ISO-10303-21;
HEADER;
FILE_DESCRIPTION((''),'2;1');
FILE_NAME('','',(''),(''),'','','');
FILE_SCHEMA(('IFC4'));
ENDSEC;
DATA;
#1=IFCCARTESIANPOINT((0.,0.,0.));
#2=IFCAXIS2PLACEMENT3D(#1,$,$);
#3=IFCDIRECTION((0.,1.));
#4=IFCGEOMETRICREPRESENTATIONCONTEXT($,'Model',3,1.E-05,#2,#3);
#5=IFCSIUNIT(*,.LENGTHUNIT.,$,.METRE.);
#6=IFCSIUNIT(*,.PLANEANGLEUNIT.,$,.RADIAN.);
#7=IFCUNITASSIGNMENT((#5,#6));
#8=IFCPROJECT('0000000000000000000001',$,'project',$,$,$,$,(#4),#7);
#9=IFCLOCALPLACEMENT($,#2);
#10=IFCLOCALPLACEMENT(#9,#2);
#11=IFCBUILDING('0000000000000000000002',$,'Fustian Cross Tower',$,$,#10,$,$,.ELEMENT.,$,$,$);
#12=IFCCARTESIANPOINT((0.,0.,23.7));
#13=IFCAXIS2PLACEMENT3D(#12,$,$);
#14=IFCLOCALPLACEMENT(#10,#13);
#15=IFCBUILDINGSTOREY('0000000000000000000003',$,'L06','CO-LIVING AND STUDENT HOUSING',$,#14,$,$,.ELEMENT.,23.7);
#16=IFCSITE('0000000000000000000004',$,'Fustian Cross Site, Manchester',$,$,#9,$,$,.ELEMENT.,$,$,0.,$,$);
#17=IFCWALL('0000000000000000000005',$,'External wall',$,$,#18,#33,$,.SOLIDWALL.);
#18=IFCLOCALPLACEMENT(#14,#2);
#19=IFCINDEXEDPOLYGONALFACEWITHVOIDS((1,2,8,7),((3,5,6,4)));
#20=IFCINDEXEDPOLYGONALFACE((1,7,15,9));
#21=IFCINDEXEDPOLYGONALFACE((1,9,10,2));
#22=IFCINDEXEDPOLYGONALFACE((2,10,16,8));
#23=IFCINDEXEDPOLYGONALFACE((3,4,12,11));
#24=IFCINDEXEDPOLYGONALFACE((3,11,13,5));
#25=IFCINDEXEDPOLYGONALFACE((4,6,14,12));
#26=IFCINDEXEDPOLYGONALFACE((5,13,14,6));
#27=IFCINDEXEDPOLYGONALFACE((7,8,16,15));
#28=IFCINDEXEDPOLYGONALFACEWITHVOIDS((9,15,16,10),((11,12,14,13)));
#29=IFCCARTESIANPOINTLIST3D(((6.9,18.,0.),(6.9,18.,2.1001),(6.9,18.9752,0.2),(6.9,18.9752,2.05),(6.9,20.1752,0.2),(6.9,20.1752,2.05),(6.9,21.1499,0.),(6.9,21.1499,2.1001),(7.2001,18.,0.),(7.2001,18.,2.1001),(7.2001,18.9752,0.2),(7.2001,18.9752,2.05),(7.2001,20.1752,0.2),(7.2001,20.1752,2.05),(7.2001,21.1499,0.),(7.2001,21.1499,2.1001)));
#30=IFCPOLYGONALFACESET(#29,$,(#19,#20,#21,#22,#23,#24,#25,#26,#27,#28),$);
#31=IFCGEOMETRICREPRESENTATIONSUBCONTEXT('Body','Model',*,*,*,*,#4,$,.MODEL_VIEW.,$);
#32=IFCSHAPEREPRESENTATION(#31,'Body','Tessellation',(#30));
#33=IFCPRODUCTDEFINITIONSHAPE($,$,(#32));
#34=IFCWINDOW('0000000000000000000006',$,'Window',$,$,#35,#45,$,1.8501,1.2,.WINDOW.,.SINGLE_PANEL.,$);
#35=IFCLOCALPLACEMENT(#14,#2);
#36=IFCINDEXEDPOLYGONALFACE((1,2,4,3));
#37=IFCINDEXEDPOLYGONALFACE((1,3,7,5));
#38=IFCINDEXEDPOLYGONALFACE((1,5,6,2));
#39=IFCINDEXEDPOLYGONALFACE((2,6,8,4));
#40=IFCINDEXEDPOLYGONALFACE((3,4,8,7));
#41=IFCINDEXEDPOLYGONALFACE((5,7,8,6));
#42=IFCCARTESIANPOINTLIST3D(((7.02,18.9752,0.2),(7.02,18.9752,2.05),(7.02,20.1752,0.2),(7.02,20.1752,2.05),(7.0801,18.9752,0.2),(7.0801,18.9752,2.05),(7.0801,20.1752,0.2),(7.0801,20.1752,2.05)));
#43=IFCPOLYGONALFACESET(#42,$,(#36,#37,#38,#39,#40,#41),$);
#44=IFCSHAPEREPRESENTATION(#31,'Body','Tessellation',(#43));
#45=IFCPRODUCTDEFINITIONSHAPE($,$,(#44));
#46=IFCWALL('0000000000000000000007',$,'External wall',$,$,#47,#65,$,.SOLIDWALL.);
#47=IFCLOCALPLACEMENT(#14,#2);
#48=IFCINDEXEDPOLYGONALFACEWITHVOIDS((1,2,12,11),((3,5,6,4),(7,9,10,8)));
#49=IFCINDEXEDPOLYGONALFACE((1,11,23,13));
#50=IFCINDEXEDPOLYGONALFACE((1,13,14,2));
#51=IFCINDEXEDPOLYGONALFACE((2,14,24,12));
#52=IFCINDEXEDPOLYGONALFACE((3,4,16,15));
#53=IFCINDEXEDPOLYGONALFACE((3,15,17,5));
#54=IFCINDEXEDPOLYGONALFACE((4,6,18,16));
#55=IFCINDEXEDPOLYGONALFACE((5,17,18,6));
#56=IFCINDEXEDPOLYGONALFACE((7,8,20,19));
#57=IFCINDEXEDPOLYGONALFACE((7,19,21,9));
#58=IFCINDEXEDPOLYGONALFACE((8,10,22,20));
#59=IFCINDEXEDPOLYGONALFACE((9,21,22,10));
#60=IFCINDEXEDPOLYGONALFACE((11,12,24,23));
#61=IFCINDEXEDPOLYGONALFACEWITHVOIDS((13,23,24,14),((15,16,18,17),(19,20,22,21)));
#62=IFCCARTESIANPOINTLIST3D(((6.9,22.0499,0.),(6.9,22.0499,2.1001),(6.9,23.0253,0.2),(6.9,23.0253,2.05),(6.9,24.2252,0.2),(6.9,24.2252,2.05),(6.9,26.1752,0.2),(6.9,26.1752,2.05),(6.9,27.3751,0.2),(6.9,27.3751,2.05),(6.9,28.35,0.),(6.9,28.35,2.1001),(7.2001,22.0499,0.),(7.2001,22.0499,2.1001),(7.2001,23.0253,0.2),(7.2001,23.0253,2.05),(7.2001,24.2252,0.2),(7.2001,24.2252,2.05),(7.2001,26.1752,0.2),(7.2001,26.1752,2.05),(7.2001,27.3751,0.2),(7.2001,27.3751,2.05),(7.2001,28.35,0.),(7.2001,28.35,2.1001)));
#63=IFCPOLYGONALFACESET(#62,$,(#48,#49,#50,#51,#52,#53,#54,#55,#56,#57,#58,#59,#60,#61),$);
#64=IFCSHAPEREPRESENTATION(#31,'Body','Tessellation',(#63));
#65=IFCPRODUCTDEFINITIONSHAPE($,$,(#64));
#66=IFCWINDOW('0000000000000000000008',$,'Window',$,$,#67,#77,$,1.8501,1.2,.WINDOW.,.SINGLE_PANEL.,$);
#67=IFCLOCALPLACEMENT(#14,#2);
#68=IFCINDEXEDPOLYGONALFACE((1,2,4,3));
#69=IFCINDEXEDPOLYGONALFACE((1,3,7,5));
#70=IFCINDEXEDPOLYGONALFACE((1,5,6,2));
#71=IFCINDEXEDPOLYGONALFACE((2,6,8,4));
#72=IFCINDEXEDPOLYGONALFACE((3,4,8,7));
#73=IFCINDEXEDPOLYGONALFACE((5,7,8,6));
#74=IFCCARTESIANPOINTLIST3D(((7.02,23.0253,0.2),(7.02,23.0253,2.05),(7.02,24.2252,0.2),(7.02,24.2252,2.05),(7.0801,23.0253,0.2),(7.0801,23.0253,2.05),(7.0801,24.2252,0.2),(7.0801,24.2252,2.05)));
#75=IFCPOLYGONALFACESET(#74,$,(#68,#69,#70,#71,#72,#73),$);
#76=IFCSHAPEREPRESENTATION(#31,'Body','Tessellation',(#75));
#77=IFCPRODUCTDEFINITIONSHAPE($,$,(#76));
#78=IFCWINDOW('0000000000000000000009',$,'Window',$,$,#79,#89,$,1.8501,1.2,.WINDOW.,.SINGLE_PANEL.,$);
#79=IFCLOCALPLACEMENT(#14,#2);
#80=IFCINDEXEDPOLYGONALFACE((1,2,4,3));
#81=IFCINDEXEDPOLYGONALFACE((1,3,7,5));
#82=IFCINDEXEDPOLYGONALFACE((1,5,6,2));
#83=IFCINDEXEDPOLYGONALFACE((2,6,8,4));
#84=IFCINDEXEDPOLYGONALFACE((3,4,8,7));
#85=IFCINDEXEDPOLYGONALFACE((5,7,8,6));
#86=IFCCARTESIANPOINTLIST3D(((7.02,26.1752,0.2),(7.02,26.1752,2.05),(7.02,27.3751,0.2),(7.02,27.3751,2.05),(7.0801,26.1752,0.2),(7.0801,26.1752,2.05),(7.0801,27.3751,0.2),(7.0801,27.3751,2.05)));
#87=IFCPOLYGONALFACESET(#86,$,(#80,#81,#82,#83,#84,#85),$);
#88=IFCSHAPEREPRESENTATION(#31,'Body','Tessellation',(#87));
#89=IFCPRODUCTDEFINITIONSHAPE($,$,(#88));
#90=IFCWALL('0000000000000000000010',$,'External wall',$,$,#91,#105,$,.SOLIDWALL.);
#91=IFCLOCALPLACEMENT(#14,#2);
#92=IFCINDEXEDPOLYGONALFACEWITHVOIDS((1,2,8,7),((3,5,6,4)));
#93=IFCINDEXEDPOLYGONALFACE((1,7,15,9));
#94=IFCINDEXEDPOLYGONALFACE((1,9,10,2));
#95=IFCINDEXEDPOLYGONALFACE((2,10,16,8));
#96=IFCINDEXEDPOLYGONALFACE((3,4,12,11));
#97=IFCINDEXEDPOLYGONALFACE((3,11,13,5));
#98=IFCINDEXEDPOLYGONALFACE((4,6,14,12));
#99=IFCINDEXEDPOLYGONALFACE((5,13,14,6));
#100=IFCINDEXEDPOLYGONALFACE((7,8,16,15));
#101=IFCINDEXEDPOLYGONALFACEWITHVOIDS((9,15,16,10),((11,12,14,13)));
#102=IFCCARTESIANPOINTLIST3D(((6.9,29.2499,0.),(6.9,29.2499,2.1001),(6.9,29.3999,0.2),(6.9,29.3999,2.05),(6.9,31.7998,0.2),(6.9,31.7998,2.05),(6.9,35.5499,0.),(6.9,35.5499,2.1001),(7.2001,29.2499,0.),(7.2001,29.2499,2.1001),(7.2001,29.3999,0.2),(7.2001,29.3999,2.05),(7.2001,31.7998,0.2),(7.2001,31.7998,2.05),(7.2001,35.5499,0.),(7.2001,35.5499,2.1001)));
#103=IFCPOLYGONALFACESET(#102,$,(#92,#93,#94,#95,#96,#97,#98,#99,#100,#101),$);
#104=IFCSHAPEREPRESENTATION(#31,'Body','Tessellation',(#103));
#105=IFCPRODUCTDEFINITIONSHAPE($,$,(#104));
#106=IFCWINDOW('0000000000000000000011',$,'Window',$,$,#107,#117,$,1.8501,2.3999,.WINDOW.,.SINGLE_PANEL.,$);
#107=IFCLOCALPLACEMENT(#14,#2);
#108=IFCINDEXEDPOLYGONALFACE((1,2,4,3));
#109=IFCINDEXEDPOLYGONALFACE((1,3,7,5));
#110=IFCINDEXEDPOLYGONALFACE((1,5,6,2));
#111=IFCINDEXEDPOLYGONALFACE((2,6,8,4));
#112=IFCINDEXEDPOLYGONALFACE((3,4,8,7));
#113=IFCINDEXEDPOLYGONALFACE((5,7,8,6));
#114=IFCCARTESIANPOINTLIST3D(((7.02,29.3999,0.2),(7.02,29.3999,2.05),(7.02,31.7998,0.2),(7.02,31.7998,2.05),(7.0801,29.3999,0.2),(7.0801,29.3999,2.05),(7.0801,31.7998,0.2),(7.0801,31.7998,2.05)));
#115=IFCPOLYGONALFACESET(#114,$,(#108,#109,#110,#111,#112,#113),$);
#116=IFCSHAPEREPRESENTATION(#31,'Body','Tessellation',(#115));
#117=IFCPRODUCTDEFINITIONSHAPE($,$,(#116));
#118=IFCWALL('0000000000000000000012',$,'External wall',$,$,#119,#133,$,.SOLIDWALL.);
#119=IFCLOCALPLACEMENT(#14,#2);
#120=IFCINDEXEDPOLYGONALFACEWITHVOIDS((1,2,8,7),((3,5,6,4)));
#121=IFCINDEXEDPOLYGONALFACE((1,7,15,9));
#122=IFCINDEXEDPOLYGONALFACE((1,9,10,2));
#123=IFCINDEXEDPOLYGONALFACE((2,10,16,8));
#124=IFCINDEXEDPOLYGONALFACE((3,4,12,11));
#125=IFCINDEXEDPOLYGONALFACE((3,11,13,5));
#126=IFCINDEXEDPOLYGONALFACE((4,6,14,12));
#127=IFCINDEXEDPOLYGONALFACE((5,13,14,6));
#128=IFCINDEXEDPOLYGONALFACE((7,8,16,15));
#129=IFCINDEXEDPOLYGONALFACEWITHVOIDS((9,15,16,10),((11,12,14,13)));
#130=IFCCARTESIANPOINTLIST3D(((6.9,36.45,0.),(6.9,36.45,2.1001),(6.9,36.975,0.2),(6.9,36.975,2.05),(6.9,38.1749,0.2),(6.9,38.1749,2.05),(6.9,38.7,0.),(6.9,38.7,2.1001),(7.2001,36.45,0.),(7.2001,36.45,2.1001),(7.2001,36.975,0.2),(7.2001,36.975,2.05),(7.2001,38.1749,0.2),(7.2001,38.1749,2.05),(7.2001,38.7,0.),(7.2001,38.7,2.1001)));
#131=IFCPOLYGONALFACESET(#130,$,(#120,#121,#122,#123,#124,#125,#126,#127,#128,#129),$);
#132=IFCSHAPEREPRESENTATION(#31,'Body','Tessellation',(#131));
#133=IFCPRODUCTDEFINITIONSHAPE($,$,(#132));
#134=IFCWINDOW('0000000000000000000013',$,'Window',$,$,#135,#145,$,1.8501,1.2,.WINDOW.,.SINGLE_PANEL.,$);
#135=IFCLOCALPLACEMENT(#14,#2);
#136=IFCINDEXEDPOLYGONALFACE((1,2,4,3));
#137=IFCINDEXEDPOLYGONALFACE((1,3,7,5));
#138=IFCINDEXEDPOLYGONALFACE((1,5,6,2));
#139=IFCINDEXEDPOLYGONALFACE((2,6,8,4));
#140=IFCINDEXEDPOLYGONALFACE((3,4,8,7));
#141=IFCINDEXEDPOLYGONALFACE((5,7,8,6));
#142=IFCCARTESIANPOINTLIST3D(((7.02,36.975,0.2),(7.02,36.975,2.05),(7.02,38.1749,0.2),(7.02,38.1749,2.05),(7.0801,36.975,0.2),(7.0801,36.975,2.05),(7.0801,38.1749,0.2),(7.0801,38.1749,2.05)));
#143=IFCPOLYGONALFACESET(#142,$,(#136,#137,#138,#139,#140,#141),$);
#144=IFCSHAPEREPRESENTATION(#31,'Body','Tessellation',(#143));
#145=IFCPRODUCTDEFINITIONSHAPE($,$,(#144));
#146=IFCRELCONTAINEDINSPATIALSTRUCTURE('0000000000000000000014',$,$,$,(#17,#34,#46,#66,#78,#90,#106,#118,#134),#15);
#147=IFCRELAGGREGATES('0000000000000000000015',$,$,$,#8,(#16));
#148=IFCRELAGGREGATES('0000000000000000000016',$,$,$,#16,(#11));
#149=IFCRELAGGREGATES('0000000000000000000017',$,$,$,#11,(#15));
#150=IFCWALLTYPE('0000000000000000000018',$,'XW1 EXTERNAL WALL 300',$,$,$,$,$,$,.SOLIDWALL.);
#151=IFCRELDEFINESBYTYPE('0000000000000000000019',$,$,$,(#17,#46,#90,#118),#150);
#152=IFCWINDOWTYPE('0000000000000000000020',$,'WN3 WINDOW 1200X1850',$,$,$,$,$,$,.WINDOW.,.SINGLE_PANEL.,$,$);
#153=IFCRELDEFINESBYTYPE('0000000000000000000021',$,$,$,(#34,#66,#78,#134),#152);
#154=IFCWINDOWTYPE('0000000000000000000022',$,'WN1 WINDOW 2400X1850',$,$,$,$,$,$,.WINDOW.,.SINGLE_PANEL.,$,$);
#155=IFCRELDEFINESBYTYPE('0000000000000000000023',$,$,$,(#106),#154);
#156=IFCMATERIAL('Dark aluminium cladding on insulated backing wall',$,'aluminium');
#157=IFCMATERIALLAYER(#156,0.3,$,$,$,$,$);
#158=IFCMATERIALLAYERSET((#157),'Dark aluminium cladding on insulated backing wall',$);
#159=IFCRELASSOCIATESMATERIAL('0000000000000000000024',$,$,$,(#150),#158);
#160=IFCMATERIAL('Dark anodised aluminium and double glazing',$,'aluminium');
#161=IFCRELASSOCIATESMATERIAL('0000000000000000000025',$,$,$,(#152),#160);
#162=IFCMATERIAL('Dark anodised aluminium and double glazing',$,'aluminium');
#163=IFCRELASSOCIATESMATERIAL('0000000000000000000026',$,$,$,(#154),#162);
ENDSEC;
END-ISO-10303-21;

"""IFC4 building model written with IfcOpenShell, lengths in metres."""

from ifc_helpers import new_model, si_unit, direction, frame, frame_2d, origin, place, context, subcontext, project, spatial, rectangle, extrude, material, layer, layer_set, type_object, element, fill, save


model = new_model("IFC4")

# Units and contexts
model_context = context("Model", 3, precision=1e-05, world=origin(), true_north=direction((0.0, 1.0)))
body_context = subcontext(model_context, "Body", "Model", "MODEL_VIEW")
ifc_project = project(units=[si_unit("LENGTHUNIT", "METRE"), si_unit("PLANEANGLEUNIT", "RADIAN")], contexts=[model_context])

# Site, building, storey
site_placement = place(None, origin())
site = spatial("IfcSite", under=ifc_project, at=site_placement, Name="Fustian Cross Site, Manchester", CompositionType="ELEMENT", RefElevation=0.0)
building_placement = place(site_placement, origin())
building = spatial("IfcBuilding", under=site, at=building_placement, Name="Fustian Cross Tower", CompositionType="ELEMENT")
storey_placement = place(building_placement, frame((0.0, 0.0, 23.7)))
storey = spatial("IfcBuildingStorey", under=building, at=storey_placement, Name="L06", Description="CO-LIVING AND STUDENT HOUSING", CompositionType="ELEMENT", Elevation=23.7)

# Shared definitions
ifc_material_1 = material(Name="Dark aluminium cladding on insulated backing wall", Category="aluminium")
ifc_layer = layer(ifc_material_1, 0.3)
ifc_layer_set = layer_set([ifc_layer], Name="Dark aluminium cladding on insulated backing wall")
wall_type = type_object("IfcWallType", Name="XW1 EXTERNAL WALL 300", PredefinedType="SOLIDWALL", material=ifc_layer_set)
ifc_material_2 = material(Name="Dark anodised aluminium and double glazing", Category="aluminium")
window_type_1 = type_object("IfcWindowType", Name="WN3 WINDOW 1200X1850", PartitioningType="SINGLE_PANEL", PredefinedType="WINDOW", material=ifc_material_2)
ifc_material_3 = material(Name="Dark anodised aluminium and double glazing", Category="aluminium")
window_type_2 = type_object("IfcWindowType", Name="WN1 WINDOW 2400X1850", PartitioningType="SINGLE_PANEL", PredefinedType="WINDOW", material=ifc_material_3)

# Wall, opening, window
wall_1_placement = place(storey_placement, frame((7.05, 18.0, 0.0), z_axis=(0.0, 0.0, 1.0), x_axis=(0.0, 1.0, 0.0)))
wall_1 = element("IfcWall", 1, at=wall_1_placement, inside=storey, type_object=wall_type, Name="External wall", PredefinedType="SOLIDWALL", context=body_context, shape_type="SweptSolid", body=[
    extrude(rectangle(XDim=3.1499, YDim=0.3, at=frame_2d((1.575, 0.0))), origin(), (0.0, 0.0, 1.0), 2.1001),
])
opening_1_placement = place(wall_1_placement, frame((0.9751, 0.0, 0.2)))
opening_1 = element("IfcOpeningElement", 2, at=opening_1_placement, cuts=wall_1, PredefinedType="OPENING", context=body_context, shape_type="SweptSolid", body=[
    extrude(rectangle(XDim=1.2, YDim=1.8501, at=frame_2d((0.6001, 0.925))), frame((0.0, 0.1599, 0.0), z_axis=(0.0, -1.0, 0.0), x_axis=(1.0, 0.0, 0.0)), (0.0, 0.0, 1.0), 0.3201),
])
window_1_placement = place(opening_1_placement, origin())
window_1 = element("IfcWindow", 3, at=window_1_placement, inside=storey, type_object=window_type_1, Name="Window", OverallHeight=1.8501, OverallWidth=1.2, PartitioningType="SINGLE_PANEL", PredefinedType="WINDOW", context=body_context, shape_type="SweptSolid", body=[
    extrude(rectangle(XDim=1.2, YDim=1.8501, at=frame_2d((0.6001, 0.925))), frame((0.0, 0.03, 0.0), z_axis=(0.0, -1.0, 0.0), x_axis=(1.0, 0.0, 0.0)), (0.0, 0.0, 1.0), 0.0601),
])
fill(opening_1, window_1)

# Wall, openings, windows
wall_2_placement = place(storey_placement, frame((7.05, 22.05, 0.0), z_axis=(0.0, 0.0, 1.0), x_axis=(0.0, 1.0, 0.0)))
wall_2 = element("IfcWall", 4, at=wall_2_placement, inside=storey, type_object=wall_type, Name="External wall", PredefinedType="SOLIDWALL", context=body_context, shape_type="SweptSolid", body=[
    extrude(rectangle(XDim=6.3, YDim=0.3, at=frame_2d((3.1499, 0.0))), origin(), (0.0, 0.0, 1.0), 2.1001),
])
opening_2_placement = place(wall_2_placement, frame((0.9751, 0.0, 0.2)))
opening_2 = element("IfcOpeningElement", 5, at=opening_2_placement, cuts=wall_2, PredefinedType="OPENING", context=body_context, shape_type="SweptSolid", body=[
    extrude(rectangle(XDim=1.2, YDim=1.8501, at=frame_2d((0.6001, 0.925))), frame((0.0, 0.1599, 0.0), z_axis=(0.0, -1.0, 0.0), x_axis=(1.0, 0.0, 0.0)), (0.0, 0.0, 1.0), 0.3201),
])
opening_3_placement = place(wall_2_placement, frame((4.125, 0.0, 0.2)))
opening_3 = element("IfcOpeningElement", 6, at=opening_3_placement, cuts=wall_2, PredefinedType="OPENING", context=body_context, shape_type="SweptSolid", body=[
    extrude(rectangle(XDim=1.2, YDim=1.8501, at=frame_2d((0.6001, 0.925))), frame((0.0, 0.1599, 0.0), z_axis=(0.0, -1.0, 0.0), x_axis=(1.0, 0.0, 0.0)), (0.0, 0.0, 1.0), 0.3201),
])
window_2_placement = place(opening_2_placement, origin())
window_2 = element("IfcWindow", 7, at=window_2_placement, inside=storey, type_object=window_type_1, Name="Window", OverallHeight=1.8501, OverallWidth=1.2, PartitioningType="SINGLE_PANEL", PredefinedType="WINDOW", context=body_context, shape_type="SweptSolid", body=[
    extrude(rectangle(XDim=1.2, YDim=1.8501, at=frame_2d((0.6001, 0.925))), frame((0.0, 0.03, 0.0), z_axis=(0.0, -1.0, 0.0), x_axis=(1.0, 0.0, 0.0)), (0.0, 0.0, 1.0), 0.0601),
])
fill(opening_2, window_2)
window_3_placement = place(opening_3_placement, origin())
window_3 = element("IfcWindow", 8, at=window_3_placement, inside=storey, type_object=window_type_1, Name="Window", OverallHeight=1.8501, OverallWidth=1.2, PartitioningType="SINGLE_PANEL", PredefinedType="WINDOW", context=body_context, shape_type="SweptSolid", body=[
    extrude(rectangle(XDim=1.2, YDim=1.8501, at=frame_2d((0.6001, 0.925))), frame((0.0, 0.03, 0.0), z_axis=(0.0, -1.0, 0.0), x_axis=(1.0, 0.0, 0.0)), (0.0, 0.0, 1.0), 0.0601),
])
fill(opening_3, window_3)

# Walls, openings, windows
wall_3_placement = place(storey_placement, frame((7.05, 29.25, 0.0), z_axis=(0.0, 0.0, 1.0), x_axis=(0.0, 1.0, 0.0)))
wall_3 = element("IfcWall", 9, at=wall_3_placement, inside=storey, type_object=wall_type, Name="External wall", PredefinedType="SOLIDWALL", context=body_context, shape_type="SweptSolid", body=[
    extrude(rectangle(XDim=6.3, YDim=0.3, at=frame_2d((3.1499, 0.0))), origin(), (0.0, 0.0, 1.0), 2.1001),
])
opening_4_placement = place(wall_3_placement, frame((0.1499, 0.0, 0.2)))
opening_4 = element("IfcOpeningElement", 10, at=opening_4_placement, cuts=wall_3, PredefinedType="OPENING", context=body_context, shape_type="SweptSolid", body=[
    extrude(rectangle(XDim=2.3999, YDim=1.8501, at=frame_2d((1.2, 0.925))), frame((0.0, 0.1599, 0.0), z_axis=(0.0, -1.0, 0.0), x_axis=(1.0, 0.0, 0.0)), (0.0, 0.0, 1.0), 0.3201),
])
window_4_placement = place(opening_4_placement, origin())
window_4 = element("IfcWindow", 11, at=window_4_placement, inside=storey, type_object=window_type_2, Name="Window", OverallHeight=1.8501, OverallWidth=2.3999, PartitioningType="SINGLE_PANEL", PredefinedType="WINDOW", context=body_context, shape_type="SweptSolid", body=[
    extrude(rectangle(XDim=2.3999, YDim=1.8501, at=frame_2d((1.2, 0.925))), frame((0.0, 0.03, 0.0), z_axis=(0.0, -1.0, 0.0), x_axis=(1.0, 0.0, 0.0)), (0.0, 0.0, 1.0), 0.0601),
])
fill(opening_4, window_4)
wall_4_placement = place(storey_placement, frame((7.05, 36.45, 0.0), z_axis=(0.0, 0.0, 1.0), x_axis=(0.0, 1.0, 0.0)))
wall_4 = element("IfcWall", 12, at=wall_4_placement, inside=storey, type_object=wall_type, Name="External wall", PredefinedType="SOLIDWALL", context=body_context, shape_type="SweptSolid", body=[
    extrude(rectangle(XDim=2.25, YDim=0.3, at=frame_2d((1.125, 0.0))), origin(), (0.0, 0.0, 1.0), 2.1001),
])
opening_5_placement = place(wall_4_placement, frame((0.5249, 0.0, 0.2)))
opening_5 = element("IfcOpeningElement", 13, at=opening_5_placement, cuts=wall_4, PredefinedType="OPENING", context=body_context, shape_type="SweptSolid", body=[
    extrude(rectangle(XDim=1.2, YDim=1.8501, at=frame_2d((0.6001, 0.925))), frame((0.0, 0.1599, 0.0), z_axis=(0.0, -1.0, 0.0), x_axis=(1.0, 0.0, 0.0)), (0.0, 0.0, 1.0), 0.3201),
])
window_5_placement = place(opening_5_placement, origin())
window_5 = element("IfcWindow", 14, at=window_5_placement, inside=storey, type_object=window_type_1, Name="Window", OverallHeight=1.8501, OverallWidth=1.2, PartitioningType="SINGLE_PANEL", PredefinedType="WINDOW", context=body_context, shape_type="SweptSolid", body=[
    extrude(rectangle(XDim=1.2, YDim=1.8501, at=frame_2d((0.6001, 0.925))), frame((0.0, 0.03, 0.0), z_axis=(0.0, -1.0, 0.0), x_axis=(1.0, 0.0, 0.0)), (0.0, 0.0, 1.0), 0.0601),
])
fill(opening_5, window_5)

save(model, "model.ifc")
